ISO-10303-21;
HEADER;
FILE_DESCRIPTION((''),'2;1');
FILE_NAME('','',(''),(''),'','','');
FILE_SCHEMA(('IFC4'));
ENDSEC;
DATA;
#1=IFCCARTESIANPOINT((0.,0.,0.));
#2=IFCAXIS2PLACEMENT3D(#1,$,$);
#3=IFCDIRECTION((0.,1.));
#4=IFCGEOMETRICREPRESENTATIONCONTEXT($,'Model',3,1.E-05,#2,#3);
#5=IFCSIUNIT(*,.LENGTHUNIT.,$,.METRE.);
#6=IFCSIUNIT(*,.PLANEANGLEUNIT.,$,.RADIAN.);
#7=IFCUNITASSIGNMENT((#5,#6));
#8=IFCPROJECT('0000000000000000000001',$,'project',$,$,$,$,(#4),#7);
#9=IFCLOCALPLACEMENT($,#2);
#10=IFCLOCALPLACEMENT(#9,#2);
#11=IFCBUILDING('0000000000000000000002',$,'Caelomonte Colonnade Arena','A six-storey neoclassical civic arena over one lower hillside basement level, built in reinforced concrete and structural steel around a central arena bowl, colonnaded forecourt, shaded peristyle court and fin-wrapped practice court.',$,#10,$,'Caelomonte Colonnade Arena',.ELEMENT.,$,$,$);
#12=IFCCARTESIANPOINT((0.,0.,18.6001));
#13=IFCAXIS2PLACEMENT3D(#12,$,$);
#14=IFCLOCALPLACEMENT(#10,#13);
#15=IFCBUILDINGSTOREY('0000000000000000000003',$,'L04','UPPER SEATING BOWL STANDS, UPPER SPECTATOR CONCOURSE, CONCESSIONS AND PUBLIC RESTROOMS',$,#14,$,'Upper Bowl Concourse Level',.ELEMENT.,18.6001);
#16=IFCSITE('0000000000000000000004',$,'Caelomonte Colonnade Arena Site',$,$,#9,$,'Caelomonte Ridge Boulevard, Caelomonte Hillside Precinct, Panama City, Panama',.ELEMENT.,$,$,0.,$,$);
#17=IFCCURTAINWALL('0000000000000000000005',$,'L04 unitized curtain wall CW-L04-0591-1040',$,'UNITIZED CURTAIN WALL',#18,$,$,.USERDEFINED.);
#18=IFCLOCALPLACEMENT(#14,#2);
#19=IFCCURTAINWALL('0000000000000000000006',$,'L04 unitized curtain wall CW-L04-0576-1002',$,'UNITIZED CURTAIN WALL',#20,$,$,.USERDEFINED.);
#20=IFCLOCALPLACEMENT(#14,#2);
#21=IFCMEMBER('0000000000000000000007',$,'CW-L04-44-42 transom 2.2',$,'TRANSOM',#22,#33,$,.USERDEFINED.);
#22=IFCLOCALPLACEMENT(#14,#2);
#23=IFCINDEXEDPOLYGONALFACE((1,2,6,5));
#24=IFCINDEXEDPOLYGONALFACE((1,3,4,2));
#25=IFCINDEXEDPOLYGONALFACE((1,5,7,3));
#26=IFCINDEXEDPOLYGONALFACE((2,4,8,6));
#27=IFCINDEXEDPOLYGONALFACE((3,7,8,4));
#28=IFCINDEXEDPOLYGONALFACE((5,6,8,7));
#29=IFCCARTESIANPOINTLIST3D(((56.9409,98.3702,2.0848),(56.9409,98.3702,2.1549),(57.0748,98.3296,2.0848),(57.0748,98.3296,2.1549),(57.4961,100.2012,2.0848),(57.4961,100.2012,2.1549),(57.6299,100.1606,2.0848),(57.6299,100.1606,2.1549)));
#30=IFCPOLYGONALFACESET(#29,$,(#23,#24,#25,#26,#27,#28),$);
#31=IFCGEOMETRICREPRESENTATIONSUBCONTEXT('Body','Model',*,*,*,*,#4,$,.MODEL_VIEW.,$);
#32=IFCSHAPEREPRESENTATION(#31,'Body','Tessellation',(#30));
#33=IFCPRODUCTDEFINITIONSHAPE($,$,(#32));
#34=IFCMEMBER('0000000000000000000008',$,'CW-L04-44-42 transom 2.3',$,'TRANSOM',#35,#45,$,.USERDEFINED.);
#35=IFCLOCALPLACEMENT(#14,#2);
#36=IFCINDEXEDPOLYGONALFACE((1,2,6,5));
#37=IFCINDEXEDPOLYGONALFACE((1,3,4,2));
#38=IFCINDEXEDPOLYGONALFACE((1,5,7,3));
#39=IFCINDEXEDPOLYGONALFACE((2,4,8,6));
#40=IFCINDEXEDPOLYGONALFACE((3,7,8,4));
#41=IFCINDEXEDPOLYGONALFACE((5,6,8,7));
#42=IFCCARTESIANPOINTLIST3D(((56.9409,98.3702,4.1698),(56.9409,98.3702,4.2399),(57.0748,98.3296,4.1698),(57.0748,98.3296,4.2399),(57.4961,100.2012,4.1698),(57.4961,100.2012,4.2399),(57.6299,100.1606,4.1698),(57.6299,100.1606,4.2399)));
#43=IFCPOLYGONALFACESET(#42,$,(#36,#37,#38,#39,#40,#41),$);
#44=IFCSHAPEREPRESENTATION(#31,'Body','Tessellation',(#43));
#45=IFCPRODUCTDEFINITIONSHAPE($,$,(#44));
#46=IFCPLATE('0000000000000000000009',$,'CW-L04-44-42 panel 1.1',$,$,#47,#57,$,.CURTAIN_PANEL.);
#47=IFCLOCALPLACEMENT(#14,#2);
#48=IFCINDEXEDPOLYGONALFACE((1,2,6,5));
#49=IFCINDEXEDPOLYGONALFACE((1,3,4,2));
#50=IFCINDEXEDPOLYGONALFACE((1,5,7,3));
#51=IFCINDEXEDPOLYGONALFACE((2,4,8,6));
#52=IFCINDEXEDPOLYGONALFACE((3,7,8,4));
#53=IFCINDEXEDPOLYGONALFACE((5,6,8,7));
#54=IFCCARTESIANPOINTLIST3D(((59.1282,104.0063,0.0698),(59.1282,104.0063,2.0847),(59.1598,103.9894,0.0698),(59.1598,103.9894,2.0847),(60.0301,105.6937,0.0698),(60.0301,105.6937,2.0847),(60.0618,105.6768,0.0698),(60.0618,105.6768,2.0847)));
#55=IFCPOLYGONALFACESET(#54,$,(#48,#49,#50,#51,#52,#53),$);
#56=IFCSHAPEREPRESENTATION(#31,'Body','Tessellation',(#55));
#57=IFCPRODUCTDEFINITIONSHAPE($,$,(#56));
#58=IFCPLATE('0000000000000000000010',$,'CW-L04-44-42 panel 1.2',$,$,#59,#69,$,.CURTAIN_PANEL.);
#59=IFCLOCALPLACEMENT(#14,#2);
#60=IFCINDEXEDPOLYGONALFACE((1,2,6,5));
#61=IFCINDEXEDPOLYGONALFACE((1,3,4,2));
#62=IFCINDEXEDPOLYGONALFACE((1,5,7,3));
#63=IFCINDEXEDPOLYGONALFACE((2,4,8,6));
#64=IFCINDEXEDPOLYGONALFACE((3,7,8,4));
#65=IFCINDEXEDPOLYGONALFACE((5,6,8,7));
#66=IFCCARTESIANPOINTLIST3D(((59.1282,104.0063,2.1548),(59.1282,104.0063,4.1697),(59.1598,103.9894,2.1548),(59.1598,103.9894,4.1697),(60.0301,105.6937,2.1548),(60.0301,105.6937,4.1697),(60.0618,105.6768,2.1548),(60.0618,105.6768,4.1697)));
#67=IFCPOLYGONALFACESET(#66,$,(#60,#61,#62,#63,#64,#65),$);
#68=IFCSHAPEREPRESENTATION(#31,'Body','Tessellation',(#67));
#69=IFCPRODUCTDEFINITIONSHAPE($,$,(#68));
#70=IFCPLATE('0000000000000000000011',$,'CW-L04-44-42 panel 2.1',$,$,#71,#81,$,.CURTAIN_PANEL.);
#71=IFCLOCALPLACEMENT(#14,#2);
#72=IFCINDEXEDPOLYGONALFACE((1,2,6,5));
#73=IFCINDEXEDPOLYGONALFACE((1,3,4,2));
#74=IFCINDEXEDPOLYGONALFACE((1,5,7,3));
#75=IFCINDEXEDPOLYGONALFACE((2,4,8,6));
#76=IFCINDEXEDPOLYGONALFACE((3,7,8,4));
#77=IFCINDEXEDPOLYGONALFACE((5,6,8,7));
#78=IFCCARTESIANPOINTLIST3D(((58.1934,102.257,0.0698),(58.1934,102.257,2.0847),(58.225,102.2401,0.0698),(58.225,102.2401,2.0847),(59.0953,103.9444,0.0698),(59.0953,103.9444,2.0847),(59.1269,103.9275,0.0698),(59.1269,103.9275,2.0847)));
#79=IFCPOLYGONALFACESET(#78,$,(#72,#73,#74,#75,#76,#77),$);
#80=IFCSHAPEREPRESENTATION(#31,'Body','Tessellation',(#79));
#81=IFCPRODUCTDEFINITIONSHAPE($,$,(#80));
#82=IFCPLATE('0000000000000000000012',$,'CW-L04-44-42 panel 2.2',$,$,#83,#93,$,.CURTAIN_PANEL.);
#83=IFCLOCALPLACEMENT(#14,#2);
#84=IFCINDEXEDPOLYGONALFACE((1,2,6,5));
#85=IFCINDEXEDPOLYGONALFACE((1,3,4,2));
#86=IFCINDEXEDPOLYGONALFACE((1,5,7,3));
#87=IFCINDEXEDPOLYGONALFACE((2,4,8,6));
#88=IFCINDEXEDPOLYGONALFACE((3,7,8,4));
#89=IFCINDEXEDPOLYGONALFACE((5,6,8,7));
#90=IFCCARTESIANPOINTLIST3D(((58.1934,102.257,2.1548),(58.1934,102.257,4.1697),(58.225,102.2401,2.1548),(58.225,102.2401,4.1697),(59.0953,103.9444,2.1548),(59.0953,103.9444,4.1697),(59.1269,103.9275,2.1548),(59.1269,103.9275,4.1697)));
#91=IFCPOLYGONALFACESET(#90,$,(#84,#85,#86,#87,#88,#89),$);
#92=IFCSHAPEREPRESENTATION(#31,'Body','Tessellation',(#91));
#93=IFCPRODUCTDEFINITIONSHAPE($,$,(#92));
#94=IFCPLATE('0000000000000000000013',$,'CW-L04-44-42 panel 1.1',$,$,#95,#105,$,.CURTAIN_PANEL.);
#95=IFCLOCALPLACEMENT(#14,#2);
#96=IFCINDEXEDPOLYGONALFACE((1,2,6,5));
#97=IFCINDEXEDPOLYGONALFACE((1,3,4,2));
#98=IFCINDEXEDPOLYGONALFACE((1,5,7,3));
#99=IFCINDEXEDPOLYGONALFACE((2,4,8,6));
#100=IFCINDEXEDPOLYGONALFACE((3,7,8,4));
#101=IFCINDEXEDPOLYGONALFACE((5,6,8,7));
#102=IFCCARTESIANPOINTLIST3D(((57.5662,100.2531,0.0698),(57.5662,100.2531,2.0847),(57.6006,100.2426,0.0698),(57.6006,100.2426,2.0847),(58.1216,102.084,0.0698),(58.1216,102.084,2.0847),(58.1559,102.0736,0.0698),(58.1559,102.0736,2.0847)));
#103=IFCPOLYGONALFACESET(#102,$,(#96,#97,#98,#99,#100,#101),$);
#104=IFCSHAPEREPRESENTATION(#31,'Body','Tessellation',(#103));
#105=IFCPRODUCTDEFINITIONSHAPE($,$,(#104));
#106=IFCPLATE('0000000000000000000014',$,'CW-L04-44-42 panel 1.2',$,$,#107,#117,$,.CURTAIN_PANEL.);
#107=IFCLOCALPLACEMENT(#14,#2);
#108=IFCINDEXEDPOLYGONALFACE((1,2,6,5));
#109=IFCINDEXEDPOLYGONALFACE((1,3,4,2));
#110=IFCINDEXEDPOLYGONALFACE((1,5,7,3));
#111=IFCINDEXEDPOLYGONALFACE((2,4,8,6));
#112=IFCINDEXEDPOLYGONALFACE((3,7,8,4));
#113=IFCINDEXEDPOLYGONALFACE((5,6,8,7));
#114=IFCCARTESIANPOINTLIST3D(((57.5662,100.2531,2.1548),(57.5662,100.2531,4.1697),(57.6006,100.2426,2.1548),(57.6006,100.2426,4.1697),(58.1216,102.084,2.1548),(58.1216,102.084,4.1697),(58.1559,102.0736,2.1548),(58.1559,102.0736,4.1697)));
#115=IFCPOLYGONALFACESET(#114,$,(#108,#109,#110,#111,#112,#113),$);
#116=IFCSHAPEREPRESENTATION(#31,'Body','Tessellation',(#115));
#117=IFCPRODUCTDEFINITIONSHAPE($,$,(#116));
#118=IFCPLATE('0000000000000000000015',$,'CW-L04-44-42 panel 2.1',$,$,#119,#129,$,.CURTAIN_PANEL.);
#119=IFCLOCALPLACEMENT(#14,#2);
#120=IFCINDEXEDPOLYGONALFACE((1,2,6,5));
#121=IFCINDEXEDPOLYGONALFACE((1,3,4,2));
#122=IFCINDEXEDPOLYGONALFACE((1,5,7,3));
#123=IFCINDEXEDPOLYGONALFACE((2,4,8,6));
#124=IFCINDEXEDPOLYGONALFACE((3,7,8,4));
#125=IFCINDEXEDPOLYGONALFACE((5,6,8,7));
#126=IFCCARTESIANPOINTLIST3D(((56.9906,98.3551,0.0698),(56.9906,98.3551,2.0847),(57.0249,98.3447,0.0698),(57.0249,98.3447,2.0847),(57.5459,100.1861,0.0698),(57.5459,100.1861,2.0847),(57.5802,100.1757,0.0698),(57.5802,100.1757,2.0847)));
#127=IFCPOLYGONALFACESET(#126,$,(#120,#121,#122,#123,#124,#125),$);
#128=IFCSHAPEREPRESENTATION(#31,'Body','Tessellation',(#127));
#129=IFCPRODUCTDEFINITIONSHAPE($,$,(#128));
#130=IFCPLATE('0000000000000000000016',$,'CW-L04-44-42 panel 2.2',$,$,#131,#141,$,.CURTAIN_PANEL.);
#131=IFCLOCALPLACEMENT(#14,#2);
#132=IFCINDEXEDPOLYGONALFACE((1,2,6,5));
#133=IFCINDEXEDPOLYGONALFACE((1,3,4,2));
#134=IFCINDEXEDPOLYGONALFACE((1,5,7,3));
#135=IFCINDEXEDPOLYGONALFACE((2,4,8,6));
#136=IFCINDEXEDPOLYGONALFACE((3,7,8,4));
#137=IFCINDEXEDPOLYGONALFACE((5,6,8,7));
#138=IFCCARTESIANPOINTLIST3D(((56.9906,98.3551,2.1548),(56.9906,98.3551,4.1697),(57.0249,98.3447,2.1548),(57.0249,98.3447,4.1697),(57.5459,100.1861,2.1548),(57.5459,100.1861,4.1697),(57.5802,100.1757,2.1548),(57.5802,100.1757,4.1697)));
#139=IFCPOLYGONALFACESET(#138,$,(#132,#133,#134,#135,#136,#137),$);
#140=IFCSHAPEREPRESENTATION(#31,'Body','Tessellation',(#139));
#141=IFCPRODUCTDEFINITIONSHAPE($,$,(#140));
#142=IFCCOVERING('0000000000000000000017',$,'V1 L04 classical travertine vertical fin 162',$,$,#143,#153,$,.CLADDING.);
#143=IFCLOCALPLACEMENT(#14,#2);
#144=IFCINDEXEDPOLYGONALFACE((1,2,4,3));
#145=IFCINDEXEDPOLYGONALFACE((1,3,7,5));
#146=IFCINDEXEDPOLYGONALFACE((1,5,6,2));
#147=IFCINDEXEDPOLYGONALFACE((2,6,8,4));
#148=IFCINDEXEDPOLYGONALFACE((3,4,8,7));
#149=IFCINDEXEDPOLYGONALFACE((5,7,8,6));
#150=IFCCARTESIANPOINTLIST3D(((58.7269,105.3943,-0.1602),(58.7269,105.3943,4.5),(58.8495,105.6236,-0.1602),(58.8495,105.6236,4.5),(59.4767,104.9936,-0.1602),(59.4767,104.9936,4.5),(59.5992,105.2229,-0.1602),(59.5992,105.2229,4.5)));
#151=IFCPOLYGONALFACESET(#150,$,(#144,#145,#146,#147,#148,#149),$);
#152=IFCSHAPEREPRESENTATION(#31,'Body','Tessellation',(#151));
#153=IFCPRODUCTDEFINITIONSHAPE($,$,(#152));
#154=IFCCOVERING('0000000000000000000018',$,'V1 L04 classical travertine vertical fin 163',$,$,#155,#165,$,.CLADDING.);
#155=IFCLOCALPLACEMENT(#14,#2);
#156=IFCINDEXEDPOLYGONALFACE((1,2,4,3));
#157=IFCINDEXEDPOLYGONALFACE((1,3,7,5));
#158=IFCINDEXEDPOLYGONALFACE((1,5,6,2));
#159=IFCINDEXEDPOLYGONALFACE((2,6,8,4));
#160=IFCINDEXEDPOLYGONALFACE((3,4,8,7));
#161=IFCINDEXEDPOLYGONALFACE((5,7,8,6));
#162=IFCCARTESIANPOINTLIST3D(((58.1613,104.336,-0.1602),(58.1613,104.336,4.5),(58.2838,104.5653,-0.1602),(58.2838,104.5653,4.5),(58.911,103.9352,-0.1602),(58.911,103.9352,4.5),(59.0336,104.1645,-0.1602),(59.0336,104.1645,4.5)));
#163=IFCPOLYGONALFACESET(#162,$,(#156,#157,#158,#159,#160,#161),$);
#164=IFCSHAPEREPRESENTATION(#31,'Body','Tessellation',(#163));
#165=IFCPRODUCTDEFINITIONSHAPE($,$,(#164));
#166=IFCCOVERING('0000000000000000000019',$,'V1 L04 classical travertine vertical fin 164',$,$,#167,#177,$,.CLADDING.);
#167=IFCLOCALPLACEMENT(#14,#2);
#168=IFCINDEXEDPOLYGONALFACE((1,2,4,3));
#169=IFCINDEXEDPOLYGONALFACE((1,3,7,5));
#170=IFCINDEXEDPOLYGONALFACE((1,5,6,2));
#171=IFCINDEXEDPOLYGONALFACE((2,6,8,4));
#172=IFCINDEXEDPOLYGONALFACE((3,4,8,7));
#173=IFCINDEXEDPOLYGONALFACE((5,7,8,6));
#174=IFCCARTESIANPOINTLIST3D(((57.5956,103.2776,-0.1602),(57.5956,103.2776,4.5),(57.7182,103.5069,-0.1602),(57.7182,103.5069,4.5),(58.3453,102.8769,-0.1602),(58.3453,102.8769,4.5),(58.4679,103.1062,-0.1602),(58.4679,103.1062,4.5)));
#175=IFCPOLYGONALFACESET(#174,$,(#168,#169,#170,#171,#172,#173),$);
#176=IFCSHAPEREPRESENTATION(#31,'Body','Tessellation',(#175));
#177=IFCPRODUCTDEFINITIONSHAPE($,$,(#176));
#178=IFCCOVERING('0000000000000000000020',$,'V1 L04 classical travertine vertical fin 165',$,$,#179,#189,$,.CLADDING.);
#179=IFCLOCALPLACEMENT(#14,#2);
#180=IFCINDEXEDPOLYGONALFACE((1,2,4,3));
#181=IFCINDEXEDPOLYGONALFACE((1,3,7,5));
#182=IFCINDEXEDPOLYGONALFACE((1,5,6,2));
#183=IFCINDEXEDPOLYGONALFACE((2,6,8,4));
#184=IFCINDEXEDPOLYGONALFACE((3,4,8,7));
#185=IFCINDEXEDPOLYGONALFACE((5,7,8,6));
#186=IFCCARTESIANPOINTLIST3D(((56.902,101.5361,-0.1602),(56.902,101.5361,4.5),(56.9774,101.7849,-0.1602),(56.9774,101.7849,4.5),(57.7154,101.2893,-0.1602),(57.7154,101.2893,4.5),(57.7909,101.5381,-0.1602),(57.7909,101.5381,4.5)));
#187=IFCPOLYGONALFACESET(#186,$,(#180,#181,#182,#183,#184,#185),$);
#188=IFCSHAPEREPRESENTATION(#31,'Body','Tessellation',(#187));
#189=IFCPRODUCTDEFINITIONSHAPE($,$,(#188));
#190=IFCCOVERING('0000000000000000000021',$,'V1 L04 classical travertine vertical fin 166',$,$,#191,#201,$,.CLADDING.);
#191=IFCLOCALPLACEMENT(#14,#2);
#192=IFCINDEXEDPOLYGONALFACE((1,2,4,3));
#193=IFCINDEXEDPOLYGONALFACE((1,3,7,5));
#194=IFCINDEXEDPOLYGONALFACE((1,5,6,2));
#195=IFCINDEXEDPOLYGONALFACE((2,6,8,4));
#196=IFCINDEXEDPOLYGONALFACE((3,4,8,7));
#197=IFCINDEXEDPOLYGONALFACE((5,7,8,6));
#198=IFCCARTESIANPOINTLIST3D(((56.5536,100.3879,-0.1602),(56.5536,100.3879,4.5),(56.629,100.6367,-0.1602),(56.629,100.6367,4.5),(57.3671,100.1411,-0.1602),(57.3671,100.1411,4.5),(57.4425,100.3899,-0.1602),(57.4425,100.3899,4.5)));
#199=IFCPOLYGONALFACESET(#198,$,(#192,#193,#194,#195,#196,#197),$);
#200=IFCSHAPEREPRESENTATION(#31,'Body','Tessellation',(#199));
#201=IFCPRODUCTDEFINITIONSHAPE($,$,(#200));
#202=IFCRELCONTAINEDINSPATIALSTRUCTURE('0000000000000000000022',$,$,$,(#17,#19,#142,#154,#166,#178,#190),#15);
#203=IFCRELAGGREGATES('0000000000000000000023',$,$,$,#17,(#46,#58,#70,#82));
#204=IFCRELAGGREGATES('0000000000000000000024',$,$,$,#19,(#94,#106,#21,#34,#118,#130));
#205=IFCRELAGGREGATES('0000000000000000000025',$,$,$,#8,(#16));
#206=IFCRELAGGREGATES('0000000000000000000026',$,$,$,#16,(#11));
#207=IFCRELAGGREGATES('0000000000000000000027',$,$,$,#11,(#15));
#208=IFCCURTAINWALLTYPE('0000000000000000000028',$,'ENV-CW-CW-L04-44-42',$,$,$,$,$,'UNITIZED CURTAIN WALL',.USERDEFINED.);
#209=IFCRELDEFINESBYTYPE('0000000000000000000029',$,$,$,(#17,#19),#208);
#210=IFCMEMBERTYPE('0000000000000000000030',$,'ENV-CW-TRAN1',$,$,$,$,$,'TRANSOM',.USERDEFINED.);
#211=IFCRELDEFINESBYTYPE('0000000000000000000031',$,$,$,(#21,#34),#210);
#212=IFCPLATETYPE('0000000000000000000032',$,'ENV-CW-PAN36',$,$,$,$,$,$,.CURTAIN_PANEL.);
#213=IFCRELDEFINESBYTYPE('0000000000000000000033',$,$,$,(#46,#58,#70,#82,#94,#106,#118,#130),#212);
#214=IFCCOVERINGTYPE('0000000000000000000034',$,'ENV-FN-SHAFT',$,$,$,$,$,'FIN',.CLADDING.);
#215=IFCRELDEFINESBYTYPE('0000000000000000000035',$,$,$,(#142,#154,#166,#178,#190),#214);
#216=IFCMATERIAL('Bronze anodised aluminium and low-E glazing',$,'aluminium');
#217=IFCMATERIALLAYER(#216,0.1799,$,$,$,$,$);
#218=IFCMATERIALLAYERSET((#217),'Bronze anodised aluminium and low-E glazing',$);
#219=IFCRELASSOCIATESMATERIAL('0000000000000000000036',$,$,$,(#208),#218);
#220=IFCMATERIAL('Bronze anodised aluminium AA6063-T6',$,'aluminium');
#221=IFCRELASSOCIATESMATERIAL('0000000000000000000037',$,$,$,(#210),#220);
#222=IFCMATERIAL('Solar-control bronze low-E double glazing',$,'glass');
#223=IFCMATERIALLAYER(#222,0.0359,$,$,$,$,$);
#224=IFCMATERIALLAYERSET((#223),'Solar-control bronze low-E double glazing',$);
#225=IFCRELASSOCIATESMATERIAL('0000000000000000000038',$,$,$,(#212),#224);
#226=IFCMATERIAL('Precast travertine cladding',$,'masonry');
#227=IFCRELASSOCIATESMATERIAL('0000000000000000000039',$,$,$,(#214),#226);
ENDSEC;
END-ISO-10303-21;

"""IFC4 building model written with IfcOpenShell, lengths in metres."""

from ifc_helpers import new_model, si_unit, direction, frame, origin, origin_2d, place, context, subcontext, project, spatial, rectangle, extrude, material, layer, layer_set, material_profile, profile_set, type_object, element, aggregate, save


model = new_model("IFC4")

# Units and contexts
model_context = context("Model", 3, precision=1e-05, world=origin(), true_north=direction((0.0, 1.0)))
body_context = subcontext(model_context, "Body", "Model", "MODEL_VIEW")
ifc_project = project(units=[si_unit("LENGTHUNIT", "METRE"), si_unit("PLANEANGLEUNIT", "RADIAN")], contexts=[model_context])

# Site, building, storey
site_placement = place(None, origin())
site = spatial("IfcSite", under=ifc_project, at=site_placement, Name="Caelomonte Colonnade Arena Site", LongName="Caelomonte Ridge Boulevard, Caelomonte Hillside Precinct, Panama City, Panama", CompositionType="ELEMENT", RefElevation=0.0)
building_placement = place(site_placement, origin())
building = spatial("IfcBuilding", under=site, at=building_placement, Name="Caelomonte Colonnade Arena", Description="A six-storey neoclassical civic arena over one lower hillside basement level, built in reinforced concrete and structural steel around a central arena bowl, colonnaded forecourt, shaded peristyle court and fin-wrapped practice court.", LongName="Caelomonte Colonnade Arena", CompositionType="ELEMENT")
storey_placement = place(building_placement, frame((0.0, 0.0, 18.6001)))
storey = spatial("IfcBuildingStorey", under=building, at=storey_placement, Name="L04", Description="UPPER SEATING BOWL STANDS, UPPER SPECTATOR CONCOURSE, CONCESSIONS AND PUBLIC RESTROOMS", LongName="Upper Bowl Concourse Level", CompositionType="ELEMENT", Elevation=18.6001)

# Curtain walls
ifc_material_1 = material(Name="Bronze anodised aluminium and low-E glazing", Category="aluminium")
ifc_layer_1 = layer(ifc_material_1, 0.1799)
ifc_layer_set_1 = layer_set([ifc_layer_1], Name="Bronze anodised aluminium and low-E glazing")
curtain_wall_type = type_object("IfcCurtainWallType", Name="ENV-CW-CW-L04-44-42", ElementType="UNITIZED CURTAIN WALL", PredefinedType="USERDEFINED", material=ifc_layer_set_1)
curtain_wall_1_placement = place(storey_placement, origin())
curtain_wall_1 = element("IfcCurtainWall", 1, at=curtain_wall_1_placement, inside=storey, type_object=curtain_wall_type, Name="L04 unitized curtain wall CW-L04-0591-1040", ObjectType="UNITIZED CURTAIN WALL", PredefinedType="USERDEFINED")
ifc_material_2 = material(Name="Bronze anodised aluminium AA6063-T6", Category="aluminium")
curtain_wall_2_placement = place(storey_placement, origin())
curtain_wall_2 = element("IfcCurtainWall", 2, at=curtain_wall_2_placement, inside=storey, type_object=curtain_wall_type, Name="L04 unitized curtain wall CW-L04-0576-1002", ObjectType="UNITIZED CURTAIN WALL", PredefinedType="USERDEFINED")

# Members
ifc_material_profile_1 = material_profile(ifc_material_2, rectangle(XDim=0.0701, YDim=0.1399, at=origin_2d()), Name="CWT-70X140")
ifc_profile_set_1 = profile_set([ifc_material_profile_1], Name="Bronze anodised aluminium AA6063-T6")
member_type_1 = type_object("IfcMemberType", Name="ENV-CW-TRAN1", ElementType="TRANSOM", PredefinedType="USERDEFINED", material=ifc_profile_set_1)
member_1_placement = place(storey_placement, frame((57.563, 100.1809, 2.1199), z_axis=(-0.290156, -0.956979, 0.0), x_axis=(0.0, 0.0, 1.0)))
member_1 = element("IfcMember", 3, at=member_1_placement, type_object=member_type_1, Name="CW-L04-44-42 transom 2.2", ObjectType="TRANSOM", PredefinedType="USERDEFINED", context=body_context, shape_type="SweptSolid", body=[
    extrude(rectangle(XDim=0.0701, YDim=0.1399, at=origin_2d()), origin(), (0.0, 0.0, 1.0), 1.9133),
])
member_2_placement = place(storey_placement, frame((57.563, 100.1809, 4.2048), z_axis=(-0.290156, -0.956979, 0.0), x_axis=(0.0, 0.0, 1.0)))
member_2 = element("IfcMember", 4, at=member_2_placement, type_object=member_type_1, Name="CW-L04-44-42 transom 2.3", ObjectType="TRANSOM", PredefinedType="USERDEFINED", context=body_context, shape_type="SweptSolid", body=[
    extrude(rectangle(XDim=0.0701, YDim=0.1399, at=origin_2d()), origin(), (0.0, 0.0, 1.0), 1.9133),
])

# Plates
ifc_material_3 = material(Name="Solar-control bronze low-E double glazing", Category="glass")
ifc_layer_2 = layer(ifc_material_3, 0.0359)
ifc_layer_set_2 = layer_set([ifc_layer_2], Name="Solar-control bronze low-E double glazing")
plate_type = type_object("IfcPlateType", Name="ENV-CW-PAN36", PredefinedType="CURTAIN_PANEL", material=ifc_layer_set_2)
plate_1_placement = place(storey_placement, frame((59.595, 104.8416, 0.0698), z_axis=(0.0, 0.0, 1.0), x_axis=(-0.471394, -0.881923, 0.0)))
plate_1 = element("IfcPlate", 5, at=plate_1_placement, type_object=plate_type, Name="CW-L04-44-42 panel 1.1", PredefinedType="CURTAIN_PANEL", context=body_context, shape_type="SweptSolid", body=[
    extrude(rectangle(XDim=1.9133, YDim=0.0359, at=origin_2d()), origin(), (0.0, 0.0, 1.0), 2.0149),
])
plate_2_placement = place(storey_placement, frame((59.595, 104.8416, 2.1548), z_axis=(0.0, 0.0, 1.0), x_axis=(-0.471394, -0.881923, 0.0)))
plate_2 = element("IfcPlate", 6, at=plate_2_placement, type_object=plate_type, Name="CW-L04-44-42 panel 1.2", PredefinedType="CURTAIN_PANEL", context=body_context, shape_type="SweptSolid", body=[
    extrude(rectangle(XDim=1.9133, YDim=0.0359, at=origin_2d()), origin(), (0.0, 0.0, 1.0), 2.0149),
])
plate_3_placement = place(storey_placement, frame((58.6602, 103.0923, 0.0698), z_axis=(0.0, 0.0, 1.0), x_axis=(-0.471394, -0.881923, 0.0)))
plate_3 = element("IfcPlate", 7, at=plate_3_placement, type_object=plate_type, Name="CW-L04-44-42 panel 2.1", PredefinedType="CURTAIN_PANEL", context=body_context, shape_type="SweptSolid", body=[
    extrude(rectangle(XDim=1.9133, YDim=0.0359, at=origin_2d()), origin(), (0.0, 0.0, 1.0), 2.0149),
])
plate_4_placement = place(storey_placement, frame((58.6602, 103.0923, 2.1548), z_axis=(0.0, 0.0, 1.0), x_axis=(-0.471394, -0.881923, 0.0)))
plate_4 = element("IfcPlate", 8, at=plate_4_placement, type_object=plate_type, Name="CW-L04-44-42 panel 2.2", PredefinedType="CURTAIN_PANEL", context=body_context, shape_type="SweptSolid", body=[
    extrude(rectangle(XDim=1.9133, YDim=0.0359, at=origin_2d()), origin(), (0.0, 0.0, 1.0), 2.0149),
])
aggregate(curtain_wall_1, [plate_1, plate_2, plate_3, plate_4])
plate_5_placement = place(storey_placement, frame((57.8611, 101.1633, 0.0698), z_axis=(0.0, 0.0, 1.0), x_axis=(-0.290256, -0.956949, 0.0)))
plate_5 = element("IfcPlate", 9, at=plate_5_placement, type_object=plate_type, Name="CW-L04-44-42 panel 1.1", PredefinedType="CURTAIN_PANEL", context=body_context, shape_type="SweptSolid", body=[
    extrude(rectangle(XDim=1.9133, YDim=0.0359, at=origin_2d()), origin(), (0.0, 0.0, 1.0), 2.0149),
])
plate_6_placement = place(storey_placement, frame((57.8611, 101.1633, 2.1548), z_axis=(0.0, 0.0, 1.0), x_axis=(-0.290256, -0.956949, 0.0)))
plate_6 = element("IfcPlate", 10, at=plate_6_placement, type_object=plate_type, Name="CW-L04-44-42 panel 1.2", PredefinedType="CURTAIN_PANEL", context=body_context, shape_type="SweptSolid", body=[
    extrude(rectangle(XDim=1.9133, YDim=0.0359, at=origin_2d()), origin(), (0.0, 0.0, 1.0), 2.0149),
])
plate_7_placement = place(storey_placement, frame((57.2854, 99.2654, 0.0698), z_axis=(0.0, 0.0, 1.0), x_axis=(-0.290256, -0.956949, 0.0)))
plate_7 = element("IfcPlate", 11, at=plate_7_placement, type_object=plate_type, Name="CW-L04-44-42 panel 2.1", PredefinedType="CURTAIN_PANEL", context=body_context, shape_type="SweptSolid", body=[
    extrude(rectangle(XDim=1.9133, YDim=0.0359, at=origin_2d()), origin(), (0.0, 0.0, 1.0), 2.0149),
])
plate_8_placement = place(storey_placement, frame((57.2854, 99.2654, 2.1548), z_axis=(0.0, 0.0, 1.0), x_axis=(-0.290256, -0.956949, 0.0)))
plate_8 = element("IfcPlate", 12, at=plate_8_placement, type_object=plate_type, Name="CW-L04-44-42 panel 2.2", PredefinedType="CURTAIN_PANEL", context=body_context, shape_type="SweptSolid", body=[
    extrude(rectangle(XDim=1.9133, YDim=0.0359, at=origin_2d()), origin(), (0.0, 0.0, 1.0), 2.0149),
])
aggregate(curtain_wall_2, [plate_5, plate_6, member_1, member_2, plate_7, plate_8])

# Coverings
ifc_material_4 = material(Name="Precast travertine cladding", Category="masonry")
ifc_material_profile_2 = material_profile(ifc_material_4, rectangle(XDim=0.26, YDim=0.8501, at=origin_2d()), Name="FIN260X850")
ifc_profile_set_2 = profile_set([ifc_material_profile_2], Name="Precast travertine cladding")
covering_type = type_object("IfcCoveringType", Name="ENV-FN-SHAFT", ElementType="FIN", PredefinedType="CLADDING", material=ifc_profile_set_2)
for number, where, z_axis, x_axis, name in (
    (13, (59.1631, 105.3086, -0.1602), (0.0, 0.0, 1.0), (0.471397, 0.881921, 0.0), "V1 L04 classical travertine vertical fin 162"),
    (14, (58.5974, 104.2502, -0.1602), (0.0, 0.0, 1.0), (0.471397, 0.881921, 0.0), "V1 L04 classical travertine vertical fin 163"),
    (15, (58.0317, 103.1919, -0.1602), (0.0, 0.0, 1.0), (0.471397, 0.881921, 0.0), "V1 L04 classical travertine vertical fin 164"),
    (16, (57.3464, 101.5371, -0.1602), (0.0, 0.0, 1.0), (0.290276, 0.956943, 0.0), "V1 L04 classical travertine vertical fin 165"),
    (17, (56.998, 100.3889, -0.1602), (0.0, 0.0, 1.0), (0.290276, 0.956943, 0.0), "V1 L04 classical travertine vertical fin 166"),
):
    element("IfcCovering", number, at=place(storey_placement, frame(where, z_axis=z_axis, x_axis=x_axis)), inside=storey, type_object=covering_type, Name=name, PredefinedType="CLADDING", context=body_context, shape_type="SweptSolid", body=[
        extrude(rectangle(XDim=0.26, YDim=0.8501, at=origin_2d()), origin(), (0.0, 0.0, 1.0), 4.6602),
    ])

save(model, "model.ifc")
